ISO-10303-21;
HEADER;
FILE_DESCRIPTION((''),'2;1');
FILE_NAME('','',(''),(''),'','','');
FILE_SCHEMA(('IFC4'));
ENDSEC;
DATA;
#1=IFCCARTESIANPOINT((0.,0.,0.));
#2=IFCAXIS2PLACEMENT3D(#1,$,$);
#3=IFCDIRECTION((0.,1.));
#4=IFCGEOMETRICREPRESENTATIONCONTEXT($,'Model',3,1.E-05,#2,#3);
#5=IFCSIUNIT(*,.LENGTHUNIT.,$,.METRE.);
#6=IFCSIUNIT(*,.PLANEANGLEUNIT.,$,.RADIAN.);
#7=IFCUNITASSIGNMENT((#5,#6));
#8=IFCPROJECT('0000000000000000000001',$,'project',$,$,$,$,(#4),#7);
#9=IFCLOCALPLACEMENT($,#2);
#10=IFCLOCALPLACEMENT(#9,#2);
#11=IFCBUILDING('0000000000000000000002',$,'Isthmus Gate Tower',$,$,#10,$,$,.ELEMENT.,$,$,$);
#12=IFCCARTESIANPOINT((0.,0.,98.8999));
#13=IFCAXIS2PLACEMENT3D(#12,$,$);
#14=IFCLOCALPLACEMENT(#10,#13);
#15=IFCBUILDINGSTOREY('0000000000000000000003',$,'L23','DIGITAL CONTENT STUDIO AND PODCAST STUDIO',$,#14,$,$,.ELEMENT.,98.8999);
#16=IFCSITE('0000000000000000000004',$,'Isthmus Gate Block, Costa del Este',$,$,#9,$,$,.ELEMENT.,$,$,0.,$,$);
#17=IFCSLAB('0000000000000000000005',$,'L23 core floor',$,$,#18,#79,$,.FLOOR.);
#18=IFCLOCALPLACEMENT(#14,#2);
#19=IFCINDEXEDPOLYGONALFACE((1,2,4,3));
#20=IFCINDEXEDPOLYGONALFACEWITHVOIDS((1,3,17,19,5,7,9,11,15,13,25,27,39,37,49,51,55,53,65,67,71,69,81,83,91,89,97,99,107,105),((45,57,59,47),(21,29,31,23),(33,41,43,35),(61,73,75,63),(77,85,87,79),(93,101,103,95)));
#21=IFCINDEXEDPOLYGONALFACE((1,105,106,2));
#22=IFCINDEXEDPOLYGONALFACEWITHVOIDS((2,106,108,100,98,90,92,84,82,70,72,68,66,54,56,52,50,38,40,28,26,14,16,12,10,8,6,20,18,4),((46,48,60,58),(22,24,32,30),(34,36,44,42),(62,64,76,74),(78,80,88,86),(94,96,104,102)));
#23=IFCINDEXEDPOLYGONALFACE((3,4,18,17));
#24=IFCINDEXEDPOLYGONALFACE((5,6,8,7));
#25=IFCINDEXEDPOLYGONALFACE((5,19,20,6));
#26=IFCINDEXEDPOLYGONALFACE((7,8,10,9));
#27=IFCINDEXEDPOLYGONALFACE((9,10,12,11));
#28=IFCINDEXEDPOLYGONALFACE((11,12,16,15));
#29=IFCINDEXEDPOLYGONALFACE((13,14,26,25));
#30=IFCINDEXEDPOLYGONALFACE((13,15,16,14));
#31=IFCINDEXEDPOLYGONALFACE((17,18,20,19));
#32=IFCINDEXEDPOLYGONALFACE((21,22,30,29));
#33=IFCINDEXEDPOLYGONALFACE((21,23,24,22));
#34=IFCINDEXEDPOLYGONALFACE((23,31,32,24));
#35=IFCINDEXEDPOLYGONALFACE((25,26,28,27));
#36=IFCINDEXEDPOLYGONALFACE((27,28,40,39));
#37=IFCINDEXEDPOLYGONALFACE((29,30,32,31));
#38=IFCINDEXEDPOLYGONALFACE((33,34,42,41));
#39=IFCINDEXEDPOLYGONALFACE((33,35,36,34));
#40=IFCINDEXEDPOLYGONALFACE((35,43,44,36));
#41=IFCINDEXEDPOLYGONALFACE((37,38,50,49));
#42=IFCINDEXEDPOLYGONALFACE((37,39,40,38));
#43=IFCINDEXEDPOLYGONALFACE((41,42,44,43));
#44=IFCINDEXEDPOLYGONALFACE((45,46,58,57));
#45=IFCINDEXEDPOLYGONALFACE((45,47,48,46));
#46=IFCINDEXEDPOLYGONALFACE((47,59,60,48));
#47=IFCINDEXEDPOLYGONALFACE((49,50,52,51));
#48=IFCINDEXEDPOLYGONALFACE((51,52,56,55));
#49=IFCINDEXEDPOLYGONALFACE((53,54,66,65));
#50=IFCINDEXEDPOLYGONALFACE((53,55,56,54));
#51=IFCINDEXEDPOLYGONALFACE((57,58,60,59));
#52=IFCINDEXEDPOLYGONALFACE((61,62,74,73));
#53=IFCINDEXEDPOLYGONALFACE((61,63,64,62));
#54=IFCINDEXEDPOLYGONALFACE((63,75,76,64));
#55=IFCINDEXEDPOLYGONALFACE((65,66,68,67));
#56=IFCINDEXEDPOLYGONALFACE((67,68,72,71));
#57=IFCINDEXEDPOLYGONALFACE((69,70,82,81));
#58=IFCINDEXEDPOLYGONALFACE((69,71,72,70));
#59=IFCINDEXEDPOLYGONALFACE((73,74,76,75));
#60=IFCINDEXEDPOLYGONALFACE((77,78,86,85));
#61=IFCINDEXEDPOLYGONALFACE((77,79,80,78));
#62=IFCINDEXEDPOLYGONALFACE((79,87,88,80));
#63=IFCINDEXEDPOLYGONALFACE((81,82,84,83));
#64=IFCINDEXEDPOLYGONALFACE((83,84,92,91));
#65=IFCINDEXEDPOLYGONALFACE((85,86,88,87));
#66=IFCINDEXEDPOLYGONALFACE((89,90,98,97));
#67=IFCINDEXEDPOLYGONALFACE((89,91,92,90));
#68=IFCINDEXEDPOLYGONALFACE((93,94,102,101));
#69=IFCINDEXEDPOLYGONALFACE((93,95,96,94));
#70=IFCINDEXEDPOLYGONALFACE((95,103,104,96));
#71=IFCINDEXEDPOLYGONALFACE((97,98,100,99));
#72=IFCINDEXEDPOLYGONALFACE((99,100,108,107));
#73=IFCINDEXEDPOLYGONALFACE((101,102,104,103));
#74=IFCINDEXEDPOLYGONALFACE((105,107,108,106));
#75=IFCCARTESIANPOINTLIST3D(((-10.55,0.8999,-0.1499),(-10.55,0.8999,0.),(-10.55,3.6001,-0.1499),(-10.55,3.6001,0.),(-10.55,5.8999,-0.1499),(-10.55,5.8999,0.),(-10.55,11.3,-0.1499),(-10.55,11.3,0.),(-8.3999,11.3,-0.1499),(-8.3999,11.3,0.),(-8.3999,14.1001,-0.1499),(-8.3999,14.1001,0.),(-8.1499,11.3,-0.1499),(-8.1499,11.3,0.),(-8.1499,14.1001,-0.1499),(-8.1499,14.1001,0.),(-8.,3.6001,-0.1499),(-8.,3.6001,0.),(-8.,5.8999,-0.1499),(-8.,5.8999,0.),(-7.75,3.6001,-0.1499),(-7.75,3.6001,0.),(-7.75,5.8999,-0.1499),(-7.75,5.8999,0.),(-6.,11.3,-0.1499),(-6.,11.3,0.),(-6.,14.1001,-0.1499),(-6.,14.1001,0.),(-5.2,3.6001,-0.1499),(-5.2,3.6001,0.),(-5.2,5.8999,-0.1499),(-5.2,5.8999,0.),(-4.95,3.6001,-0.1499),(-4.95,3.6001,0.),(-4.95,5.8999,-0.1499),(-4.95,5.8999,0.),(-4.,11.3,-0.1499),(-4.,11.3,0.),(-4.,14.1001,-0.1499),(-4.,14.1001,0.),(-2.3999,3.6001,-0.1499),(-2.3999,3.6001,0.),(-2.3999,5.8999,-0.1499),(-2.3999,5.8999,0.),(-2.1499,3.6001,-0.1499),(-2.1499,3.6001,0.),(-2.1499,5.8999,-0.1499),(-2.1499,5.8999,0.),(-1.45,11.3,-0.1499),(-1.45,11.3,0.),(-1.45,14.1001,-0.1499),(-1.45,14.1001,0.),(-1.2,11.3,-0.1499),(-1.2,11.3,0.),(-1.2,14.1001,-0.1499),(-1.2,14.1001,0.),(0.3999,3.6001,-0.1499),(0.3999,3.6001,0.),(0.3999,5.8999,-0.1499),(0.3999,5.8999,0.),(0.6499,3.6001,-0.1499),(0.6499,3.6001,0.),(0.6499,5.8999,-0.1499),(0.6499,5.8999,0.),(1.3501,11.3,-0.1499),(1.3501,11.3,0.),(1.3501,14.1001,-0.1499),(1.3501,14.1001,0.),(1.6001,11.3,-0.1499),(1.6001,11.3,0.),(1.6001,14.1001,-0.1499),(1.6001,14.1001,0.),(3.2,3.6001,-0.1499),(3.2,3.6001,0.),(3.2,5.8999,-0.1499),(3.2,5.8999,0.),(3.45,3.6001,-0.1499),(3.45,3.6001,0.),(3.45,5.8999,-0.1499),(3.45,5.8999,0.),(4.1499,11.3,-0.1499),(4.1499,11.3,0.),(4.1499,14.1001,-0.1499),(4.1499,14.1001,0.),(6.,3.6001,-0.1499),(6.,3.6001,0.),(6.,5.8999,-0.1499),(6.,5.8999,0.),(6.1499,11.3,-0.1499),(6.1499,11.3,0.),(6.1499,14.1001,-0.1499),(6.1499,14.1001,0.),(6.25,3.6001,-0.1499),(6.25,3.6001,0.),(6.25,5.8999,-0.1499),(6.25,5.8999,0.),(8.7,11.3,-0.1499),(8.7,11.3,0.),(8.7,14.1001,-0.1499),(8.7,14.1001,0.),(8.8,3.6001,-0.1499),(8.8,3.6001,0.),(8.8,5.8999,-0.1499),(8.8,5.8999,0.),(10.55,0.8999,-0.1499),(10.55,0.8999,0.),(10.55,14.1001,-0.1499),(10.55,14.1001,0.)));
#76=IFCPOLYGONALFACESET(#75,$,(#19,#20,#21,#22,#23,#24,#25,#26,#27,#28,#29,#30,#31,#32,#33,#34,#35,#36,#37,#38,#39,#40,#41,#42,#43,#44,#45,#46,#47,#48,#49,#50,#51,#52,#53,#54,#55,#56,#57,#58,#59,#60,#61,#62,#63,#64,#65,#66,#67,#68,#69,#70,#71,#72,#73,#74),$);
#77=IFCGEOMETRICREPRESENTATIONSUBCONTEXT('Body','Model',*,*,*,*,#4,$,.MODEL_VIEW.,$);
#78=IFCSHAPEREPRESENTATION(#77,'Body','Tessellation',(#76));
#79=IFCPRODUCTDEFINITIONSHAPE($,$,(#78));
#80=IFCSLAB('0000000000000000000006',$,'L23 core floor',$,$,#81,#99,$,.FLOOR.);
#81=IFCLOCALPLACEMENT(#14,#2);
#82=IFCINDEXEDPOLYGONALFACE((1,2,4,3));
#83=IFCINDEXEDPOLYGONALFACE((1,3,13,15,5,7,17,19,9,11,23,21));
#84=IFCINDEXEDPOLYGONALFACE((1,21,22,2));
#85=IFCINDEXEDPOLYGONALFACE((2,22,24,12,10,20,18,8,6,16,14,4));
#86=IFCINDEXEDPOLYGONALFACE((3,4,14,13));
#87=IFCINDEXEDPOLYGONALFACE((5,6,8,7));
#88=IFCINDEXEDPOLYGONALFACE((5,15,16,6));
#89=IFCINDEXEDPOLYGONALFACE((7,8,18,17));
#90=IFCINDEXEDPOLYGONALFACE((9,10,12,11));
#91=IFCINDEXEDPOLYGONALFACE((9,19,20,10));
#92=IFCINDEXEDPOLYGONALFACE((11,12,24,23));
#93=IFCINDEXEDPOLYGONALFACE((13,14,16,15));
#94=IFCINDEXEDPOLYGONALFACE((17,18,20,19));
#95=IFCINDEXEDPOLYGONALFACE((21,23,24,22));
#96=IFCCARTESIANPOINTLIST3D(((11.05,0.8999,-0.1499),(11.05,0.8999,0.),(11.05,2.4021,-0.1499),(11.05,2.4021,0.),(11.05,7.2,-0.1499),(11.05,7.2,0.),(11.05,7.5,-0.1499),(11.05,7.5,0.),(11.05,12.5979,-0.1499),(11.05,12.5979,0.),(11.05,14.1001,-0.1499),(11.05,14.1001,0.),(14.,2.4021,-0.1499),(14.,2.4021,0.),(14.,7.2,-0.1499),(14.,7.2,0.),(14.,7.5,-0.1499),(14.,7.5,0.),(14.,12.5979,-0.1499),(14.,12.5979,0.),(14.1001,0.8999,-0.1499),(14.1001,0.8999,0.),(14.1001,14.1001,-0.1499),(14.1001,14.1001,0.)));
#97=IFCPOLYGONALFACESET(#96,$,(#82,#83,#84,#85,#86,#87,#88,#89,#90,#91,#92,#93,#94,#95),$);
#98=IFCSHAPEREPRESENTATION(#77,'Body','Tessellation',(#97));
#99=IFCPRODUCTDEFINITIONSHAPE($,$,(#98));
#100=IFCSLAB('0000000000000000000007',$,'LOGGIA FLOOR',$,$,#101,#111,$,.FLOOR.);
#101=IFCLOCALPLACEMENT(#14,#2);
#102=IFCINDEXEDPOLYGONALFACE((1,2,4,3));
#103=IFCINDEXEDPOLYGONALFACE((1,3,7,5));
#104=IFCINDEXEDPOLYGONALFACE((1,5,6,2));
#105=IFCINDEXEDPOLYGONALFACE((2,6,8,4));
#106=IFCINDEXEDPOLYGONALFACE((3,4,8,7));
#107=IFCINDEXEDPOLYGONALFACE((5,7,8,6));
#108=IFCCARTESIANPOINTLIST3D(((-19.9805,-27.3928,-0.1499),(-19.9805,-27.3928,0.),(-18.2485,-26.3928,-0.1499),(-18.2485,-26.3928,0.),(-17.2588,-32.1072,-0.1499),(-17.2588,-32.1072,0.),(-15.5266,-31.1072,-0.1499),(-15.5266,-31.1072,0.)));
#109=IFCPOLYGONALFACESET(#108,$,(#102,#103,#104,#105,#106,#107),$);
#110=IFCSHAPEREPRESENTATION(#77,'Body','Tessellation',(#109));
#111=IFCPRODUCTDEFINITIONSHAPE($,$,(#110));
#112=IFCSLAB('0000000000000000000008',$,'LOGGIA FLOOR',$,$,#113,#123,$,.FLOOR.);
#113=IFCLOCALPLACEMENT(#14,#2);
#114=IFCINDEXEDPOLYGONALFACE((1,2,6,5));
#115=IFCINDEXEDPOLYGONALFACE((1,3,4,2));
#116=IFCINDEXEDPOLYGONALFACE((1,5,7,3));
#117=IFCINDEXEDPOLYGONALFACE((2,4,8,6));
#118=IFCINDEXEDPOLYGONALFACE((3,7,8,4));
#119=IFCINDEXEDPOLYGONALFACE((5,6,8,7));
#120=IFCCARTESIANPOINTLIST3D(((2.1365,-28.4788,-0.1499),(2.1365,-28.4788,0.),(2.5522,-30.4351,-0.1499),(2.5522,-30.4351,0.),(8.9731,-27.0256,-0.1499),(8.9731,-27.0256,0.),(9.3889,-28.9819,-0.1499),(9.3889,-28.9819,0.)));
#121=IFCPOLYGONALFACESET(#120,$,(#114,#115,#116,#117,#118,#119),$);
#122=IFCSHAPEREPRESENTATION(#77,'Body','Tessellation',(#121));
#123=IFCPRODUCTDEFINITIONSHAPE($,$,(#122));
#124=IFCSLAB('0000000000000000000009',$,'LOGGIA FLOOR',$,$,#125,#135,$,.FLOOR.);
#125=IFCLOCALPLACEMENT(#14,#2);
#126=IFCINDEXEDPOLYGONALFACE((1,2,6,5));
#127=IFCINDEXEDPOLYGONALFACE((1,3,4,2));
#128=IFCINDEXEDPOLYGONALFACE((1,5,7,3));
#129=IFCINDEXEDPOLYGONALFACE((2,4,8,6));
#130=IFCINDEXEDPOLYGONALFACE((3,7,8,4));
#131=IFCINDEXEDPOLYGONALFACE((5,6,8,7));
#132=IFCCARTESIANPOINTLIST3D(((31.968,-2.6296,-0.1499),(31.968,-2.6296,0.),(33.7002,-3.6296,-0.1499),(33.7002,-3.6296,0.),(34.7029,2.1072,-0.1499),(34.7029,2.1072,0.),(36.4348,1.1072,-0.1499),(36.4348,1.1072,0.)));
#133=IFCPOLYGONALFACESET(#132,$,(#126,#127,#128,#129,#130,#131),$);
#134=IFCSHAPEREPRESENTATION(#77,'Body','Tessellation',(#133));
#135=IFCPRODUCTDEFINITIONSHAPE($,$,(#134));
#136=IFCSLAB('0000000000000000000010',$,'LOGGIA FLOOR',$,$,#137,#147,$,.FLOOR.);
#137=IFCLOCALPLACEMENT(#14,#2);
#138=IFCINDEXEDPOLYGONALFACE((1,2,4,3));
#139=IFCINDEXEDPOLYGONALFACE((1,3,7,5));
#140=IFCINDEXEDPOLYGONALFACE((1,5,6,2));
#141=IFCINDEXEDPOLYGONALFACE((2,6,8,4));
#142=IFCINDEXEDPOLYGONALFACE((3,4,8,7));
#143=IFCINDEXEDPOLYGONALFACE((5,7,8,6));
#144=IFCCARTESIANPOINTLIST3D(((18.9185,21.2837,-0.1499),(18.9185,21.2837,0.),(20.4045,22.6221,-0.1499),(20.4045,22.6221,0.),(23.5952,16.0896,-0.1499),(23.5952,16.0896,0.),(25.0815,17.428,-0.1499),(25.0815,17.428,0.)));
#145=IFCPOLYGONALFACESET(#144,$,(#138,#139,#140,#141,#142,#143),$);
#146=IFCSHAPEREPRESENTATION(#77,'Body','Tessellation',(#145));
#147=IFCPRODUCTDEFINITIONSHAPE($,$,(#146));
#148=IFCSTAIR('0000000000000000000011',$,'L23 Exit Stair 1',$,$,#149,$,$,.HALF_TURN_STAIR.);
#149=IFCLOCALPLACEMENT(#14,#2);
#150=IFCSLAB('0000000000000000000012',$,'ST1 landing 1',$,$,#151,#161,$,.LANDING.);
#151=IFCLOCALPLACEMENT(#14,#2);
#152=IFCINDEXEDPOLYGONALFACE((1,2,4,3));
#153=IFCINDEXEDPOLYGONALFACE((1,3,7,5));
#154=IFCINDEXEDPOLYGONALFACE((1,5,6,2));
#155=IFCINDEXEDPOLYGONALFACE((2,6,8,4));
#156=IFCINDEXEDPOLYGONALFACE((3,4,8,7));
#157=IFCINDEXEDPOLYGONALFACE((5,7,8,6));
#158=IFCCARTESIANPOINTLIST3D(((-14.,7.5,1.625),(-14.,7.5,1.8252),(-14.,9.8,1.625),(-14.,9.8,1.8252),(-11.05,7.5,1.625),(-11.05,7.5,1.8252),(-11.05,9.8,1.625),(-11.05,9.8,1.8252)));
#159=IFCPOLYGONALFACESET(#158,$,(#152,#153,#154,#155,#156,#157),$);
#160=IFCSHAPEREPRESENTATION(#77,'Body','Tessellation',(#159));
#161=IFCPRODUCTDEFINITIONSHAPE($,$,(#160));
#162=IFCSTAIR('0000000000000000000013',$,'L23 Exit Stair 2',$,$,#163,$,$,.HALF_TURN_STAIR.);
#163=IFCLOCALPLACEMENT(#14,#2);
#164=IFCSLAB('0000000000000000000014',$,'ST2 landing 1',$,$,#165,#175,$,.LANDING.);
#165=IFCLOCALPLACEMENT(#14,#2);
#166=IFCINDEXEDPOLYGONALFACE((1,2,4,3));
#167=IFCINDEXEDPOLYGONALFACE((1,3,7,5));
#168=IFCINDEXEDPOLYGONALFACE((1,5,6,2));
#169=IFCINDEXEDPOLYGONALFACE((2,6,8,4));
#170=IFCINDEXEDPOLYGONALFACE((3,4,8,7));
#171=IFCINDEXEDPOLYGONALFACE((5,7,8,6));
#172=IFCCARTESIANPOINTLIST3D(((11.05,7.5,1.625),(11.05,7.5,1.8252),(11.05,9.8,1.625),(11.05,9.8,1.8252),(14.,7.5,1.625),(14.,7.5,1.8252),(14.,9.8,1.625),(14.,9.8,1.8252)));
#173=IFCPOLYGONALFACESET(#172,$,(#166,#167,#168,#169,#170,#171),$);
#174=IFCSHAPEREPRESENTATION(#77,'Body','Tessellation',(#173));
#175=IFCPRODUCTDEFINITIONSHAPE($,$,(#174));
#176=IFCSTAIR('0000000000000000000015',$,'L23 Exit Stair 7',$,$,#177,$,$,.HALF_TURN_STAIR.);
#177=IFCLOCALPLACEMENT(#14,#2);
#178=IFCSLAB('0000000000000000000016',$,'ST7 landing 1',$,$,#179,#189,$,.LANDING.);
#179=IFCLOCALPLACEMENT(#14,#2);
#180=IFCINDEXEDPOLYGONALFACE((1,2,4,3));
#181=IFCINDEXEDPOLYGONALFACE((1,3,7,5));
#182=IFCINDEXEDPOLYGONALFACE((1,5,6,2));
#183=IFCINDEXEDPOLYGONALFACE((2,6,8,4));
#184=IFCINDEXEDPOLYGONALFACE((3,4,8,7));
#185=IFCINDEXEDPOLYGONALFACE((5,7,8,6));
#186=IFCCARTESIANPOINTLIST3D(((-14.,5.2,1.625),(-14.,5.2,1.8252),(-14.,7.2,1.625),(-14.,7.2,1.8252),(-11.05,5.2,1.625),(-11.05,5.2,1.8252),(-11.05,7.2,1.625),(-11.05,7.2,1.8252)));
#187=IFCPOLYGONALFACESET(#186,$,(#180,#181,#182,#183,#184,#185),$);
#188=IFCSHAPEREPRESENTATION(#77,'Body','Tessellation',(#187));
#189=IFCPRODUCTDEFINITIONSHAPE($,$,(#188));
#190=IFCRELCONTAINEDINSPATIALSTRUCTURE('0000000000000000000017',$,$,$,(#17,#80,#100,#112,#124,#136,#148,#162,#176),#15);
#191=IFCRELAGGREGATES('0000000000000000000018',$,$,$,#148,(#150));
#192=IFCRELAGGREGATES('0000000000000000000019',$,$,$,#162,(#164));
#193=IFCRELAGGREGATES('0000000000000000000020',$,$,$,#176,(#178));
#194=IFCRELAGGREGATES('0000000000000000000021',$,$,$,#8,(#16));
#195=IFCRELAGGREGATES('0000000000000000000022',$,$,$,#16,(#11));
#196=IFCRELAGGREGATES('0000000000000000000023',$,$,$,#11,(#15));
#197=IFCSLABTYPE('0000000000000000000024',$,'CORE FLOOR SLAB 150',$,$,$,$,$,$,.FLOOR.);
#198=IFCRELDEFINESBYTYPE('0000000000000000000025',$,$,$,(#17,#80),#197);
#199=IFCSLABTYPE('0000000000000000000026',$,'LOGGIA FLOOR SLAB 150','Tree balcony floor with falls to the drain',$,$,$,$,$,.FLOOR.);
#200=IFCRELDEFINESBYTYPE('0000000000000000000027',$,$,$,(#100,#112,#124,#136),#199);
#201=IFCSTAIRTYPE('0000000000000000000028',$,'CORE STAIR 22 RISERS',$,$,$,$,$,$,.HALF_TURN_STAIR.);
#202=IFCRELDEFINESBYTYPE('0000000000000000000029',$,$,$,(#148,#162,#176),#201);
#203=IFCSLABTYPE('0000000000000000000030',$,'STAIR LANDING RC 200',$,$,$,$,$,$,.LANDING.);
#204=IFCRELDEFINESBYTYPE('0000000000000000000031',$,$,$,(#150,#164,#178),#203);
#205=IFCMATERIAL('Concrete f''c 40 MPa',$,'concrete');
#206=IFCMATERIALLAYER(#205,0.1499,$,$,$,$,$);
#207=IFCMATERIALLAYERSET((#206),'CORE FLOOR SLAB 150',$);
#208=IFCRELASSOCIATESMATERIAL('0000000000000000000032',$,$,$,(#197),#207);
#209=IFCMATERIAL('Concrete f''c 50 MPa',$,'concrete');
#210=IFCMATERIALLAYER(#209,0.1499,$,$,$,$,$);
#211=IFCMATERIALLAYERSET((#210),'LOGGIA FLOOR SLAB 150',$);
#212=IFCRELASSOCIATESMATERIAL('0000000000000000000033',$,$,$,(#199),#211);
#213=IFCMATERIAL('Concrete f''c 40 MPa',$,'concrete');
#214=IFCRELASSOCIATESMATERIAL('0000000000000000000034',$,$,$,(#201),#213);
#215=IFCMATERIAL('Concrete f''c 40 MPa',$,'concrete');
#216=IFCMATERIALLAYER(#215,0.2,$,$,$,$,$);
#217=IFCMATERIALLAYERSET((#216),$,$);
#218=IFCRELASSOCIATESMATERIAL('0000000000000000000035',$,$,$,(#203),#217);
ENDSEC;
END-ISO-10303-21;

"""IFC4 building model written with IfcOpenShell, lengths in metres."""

from ifc_helpers import new_model, si_unit, direction, frame, origin, place, context, subcontext, project, spatial, polyline, outline, extrude, material, layer, layer_set, type_object, element, aggregate, save


model = new_model("IFC4")

# Units and contexts
model_context = context("Model", 3, precision=1e-05, world=origin(), true_north=direction((0.0, 1.0)))
body_context = subcontext(model_context, "Body", "Model", "MODEL_VIEW")
ifc_project = project(units=[si_unit("LENGTHUNIT", "METRE"), si_unit("PLANEANGLEUNIT", "RADIAN")], contexts=[model_context])

# Site, building, storey
site_placement = place(None, origin())
site = spatial("IfcSite", under=ifc_project, at=site_placement, Name="Isthmus Gate Block, Costa del Este", CompositionType="ELEMENT", RefElevation=0.0)
building_placement = place(site_placement, origin())
building = spatial("IfcBuilding", under=site, at=building_placement, Name="Isthmus Gate Tower", CompositionType="ELEMENT")
storey_placement = place(building_placement, frame((0.0, 0.0, 98.8999)))
storey = spatial("IfcBuildingStorey", under=building, at=storey_placement, Name="L23", Description="DIGITAL CONTENT STUDIO AND PODCAST STUDIO", CompositionType="ELEMENT", Elevation=98.8999)

# Slabs
ifc_material_1 = material(Name="Concrete f'c 40 MPa", Category="concrete")
ifc_layer_1 = layer(ifc_material_1, 0.1499)
ifc_layer_set_1 = layer_set([ifc_layer_1], Name="CORE FLOOR SLAB 150")
slab_type_1 = type_object("IfcSlabType", Name="CORE FLOOR SLAB 150", PredefinedType="FLOOR", material=ifc_layer_set_1)
slab_1_placement = place(storey_placement, frame((0.0, 0.0, -0.1499)))
element("IfcSlab", 1, at=slab_1_placement, inside=storey, type_object=slab_type_1, Name="L23 core floor", PredefinedType="FLOOR", context=body_context, shape_type="SweptSolid", body=[
    extrude(outline(polyline([(10.55, 14.1001), (8.7, 14.1001), (8.7, 11.3), (6.1499, 11.3), (6.1499, 14.1001), (4.1499, 14.1001), (4.1499, 11.3), (1.6001, 11.3), (1.6001, 14.1001), (1.3501, 14.1001), (1.3501, 11.3), (-1.2, 11.3), (-1.2, 14.1001), (-1.45, 14.1001), (-1.45, 11.3), (-4.0, 11.3), (-4.0, 14.1001), (-6.0, 14.1001), (-6.0, 11.3), (-8.1499, 11.3), (-8.1499, 14.1001), (-8.3999, 14.1001), (-8.3999, 11.3), (-10.55, 11.3), (-10.55, 5.8999), (-8.0, 5.8999), (-8.0, 3.6001), (-10.55, 3.6001), (-10.55, 0.8999), (10.55, 0.8999), (10.55, 14.1001)]), holes=[polyline([(-5.2, 5.8999), (-5.2, 3.6001), (-7.75, 3.6001), (-7.75, 5.8999), (-5.2, 5.8999)]), polyline([(-2.3999, 5.8999), (-2.3999, 3.6001), (-4.95, 3.6001), (-4.95, 5.8999), (-2.3999, 5.8999)]), polyline([(0.3999, 5.8999), (0.3999, 3.6001), (-2.1499, 3.6001), (-2.1499, 5.8999), (0.3999, 5.8999)]), polyline([(3.2, 5.8999), (3.2, 3.6001), (0.6499, 3.6001), (0.6499, 5.8999), (3.2, 5.8999)]), polyline([(6.0, 5.8999), (6.0, 3.6001), (3.45, 3.6001), (3.45, 5.8999), (6.0, 5.8999)]), polyline([(8.8, 5.8999), (8.8, 3.6001), (6.25, 3.6001), (6.25, 5.8999), (8.8, 5.8999)])]), origin(), (0.0, 0.0, 1.0), 0.1499),
])
slab_2_placement = place(storey_placement, frame((0.0, 0.0, -0.1499)))
element("IfcSlab", 2, at=slab_2_placement, inside=storey, type_object=slab_type_1, Name="L23 core floor", PredefinedType="FLOOR", context=body_context, shape_type="SweptSolid", body=[
    extrude(outline(polyline([(11.05, 14.1001), (11.05, 12.5979), (14.0, 12.5979), (14.0, 7.5), (11.05, 7.5), (11.05, 7.2), (14.0, 7.2), (14.0, 2.4021), (11.05, 2.4021), (11.05, 0.8999), (14.1001, 0.8999), (14.1001, 14.1001), (11.05, 14.1001)])), origin(), (0.0, 0.0, 1.0), 0.1499),
])
ifc_material_2 = material(Name="Concrete f'c 50 MPa", Category="concrete")
ifc_layer_2 = layer(ifc_material_2, 0.1499)
ifc_layer_set_2 = layer_set([ifc_layer_2], Name="LOGGIA FLOOR SLAB 150")
slab_type_2 = type_object("IfcSlabType", Name="LOGGIA FLOOR SLAB 150", Description="Tree balcony floor with falls to the drain", PredefinedType="FLOOR", material=ifc_layer_set_2)
slab_3_placement = place(storey_placement, frame((0.0, 0.0, -0.1499)))
element("IfcSlab", 3, at=slab_3_placement, inside=storey, type_object=slab_type_2, Name="LOGGIA FLOOR", PredefinedType="FLOOR", context=body_context, shape_type="SweptSolid", body=[
    extrude(outline(polyline([(-19.9805, -27.3928), (-17.2588, -32.1072), (-15.5266, -31.1072), (-18.2485, -26.3928), (-19.9805, -27.3928)])), origin(), (0.0, 0.0, 1.0), 0.1499),
])
slab_4_placement = place(storey_placement, frame((0.0, 0.0, -0.1499)))
element("IfcSlab", 4, at=slab_4_placement, inside=storey, type_object=slab_type_2, Name="LOGGIA FLOOR", PredefinedType="FLOOR", context=body_context, shape_type="SweptSolid", body=[
    extrude(outline(polyline([(2.5522, -30.4351), (9.3889, -28.9819), (8.9731, -27.0256), (2.1365, -28.4788), (2.5522, -30.4351)])), origin(), (0.0, 0.0, 1.0), 0.1499),
])
slab_5_placement = place(storey_placement, frame((0.0, 0.0, -0.1499)))
element("IfcSlab", 5, at=slab_5_placement, inside=storey, type_object=slab_type_2, Name="LOGGIA FLOOR", PredefinedType="FLOOR", context=body_context, shape_type="SweptSolid", body=[
    extrude(outline(polyline([(33.7002, -3.6296), (36.4348, 1.1072), (34.7029, 2.1072), (31.968, -2.6296), (33.7002, -3.6296)])), origin(), (0.0, 0.0, 1.0), 0.1499),
])
slab_6_placement = place(storey_placement, frame((0.0, 0.0, -0.1499)))
element("IfcSlab", 6, at=slab_6_placement, inside=storey, type_object=slab_type_2, Name="LOGGIA FLOOR", PredefinedType="FLOOR", context=body_context, shape_type="SweptSolid", body=[
    extrude(outline(polyline([(25.0815, 17.428), (20.4045, 22.6221), (18.9185, 21.2837), (23.5952, 16.0896), (25.0815, 17.428)])), origin(), (0.0, 0.0, 1.0), 0.1499),
])

# Stairs, slabs
ifc_material_3 = material(Name="Concrete f'c 40 MPa", Category="concrete")
stair_type = type_object("IfcStairType", Name="CORE STAIR 22 RISERS", PredefinedType="HALF_TURN_STAIR", material=ifc_material_3)
stair_1_placement = place(storey_placement, origin())
stair_1 = element("IfcStair", 7, at=stair_1_placement, inside=storey, type_object=stair_type, Name="L23 Exit Stair 1", PredefinedType="HALF_TURN_STAIR")
ifc_material_4 = material(Name="Concrete f'c 40 MPa", Category="concrete")
ifc_layer_3 = layer(ifc_material_4, 0.2)
ifc_layer_set_3 = layer_set([ifc_layer_3])
slab_type_3 = type_object("IfcSlabType", Name="STAIR LANDING RC 200", PredefinedType="LANDING", material=ifc_layer_set_3)
slab_7_placement = place(storey_placement, frame((0.0, 0.0, 1.625)))
slab_7 = element("IfcSlab", 8, at=slab_7_placement, type_object=slab_type_3, Name="ST1 landing 1", PredefinedType="LANDING", context=body_context, shape_type="SweptSolid", body=[
    extrude(outline(polyline([(-14.0, 9.8), (-14.0, 7.5), (-11.05, 7.5), (-11.05, 9.8), (-14.0, 9.8)])), origin(), (0.0, 0.0, 1.0), 0.2002),
])
aggregate(stair_1, [slab_7])
stair_2_placement = place(storey_placement, origin())
stair_2 = element("IfcStair", 9, at=stair_2_placement, inside=storey, type_object=stair_type, Name="L23 Exit Stair 2", PredefinedType="HALF_TURN_STAIR")
slab_8_placement = place(storey_placement, frame((0.0, 0.0, 1.625)))
slab_8 = element("IfcSlab", 10, at=slab_8_placement, type_object=slab_type_3, Name="ST2 landing 1", PredefinedType="LANDING", context=body_context, shape_type="SweptSolid", body=[
    extrude(outline(polyline([(11.05, 9.8), (11.05, 7.5), (14.0, 7.5), (14.0, 9.8), (11.05, 9.8)])), origin(), (0.0, 0.0, 1.0), 0.2002),
])
aggregate(stair_2, [slab_8])
stair_3_placement = place(storey_placement, origin())
stair_3 = element("IfcStair", 11, at=stair_3_placement, inside=storey, type_object=stair_type, Name="L23 Exit Stair 7", PredefinedType="HALF_TURN_STAIR")
slab_9_placement = place(storey_placement, frame((0.0, 0.0, 1.625)))
slab_9 = element("IfcSlab", 12, at=slab_9_placement, type_object=slab_type_3, Name="ST7 landing 1", PredefinedType="LANDING", context=body_context, shape_type="SweptSolid", body=[
    extrude(outline(polyline([(-11.05, 5.2), (-11.05, 7.2), (-14.0, 7.2), (-14.0, 5.2), (-11.05, 5.2)])), origin(), (0.0, 0.0, 1.0), 0.2002),
])
aggregate(stair_3, [slab_9])

save(model, "model.ifc")
